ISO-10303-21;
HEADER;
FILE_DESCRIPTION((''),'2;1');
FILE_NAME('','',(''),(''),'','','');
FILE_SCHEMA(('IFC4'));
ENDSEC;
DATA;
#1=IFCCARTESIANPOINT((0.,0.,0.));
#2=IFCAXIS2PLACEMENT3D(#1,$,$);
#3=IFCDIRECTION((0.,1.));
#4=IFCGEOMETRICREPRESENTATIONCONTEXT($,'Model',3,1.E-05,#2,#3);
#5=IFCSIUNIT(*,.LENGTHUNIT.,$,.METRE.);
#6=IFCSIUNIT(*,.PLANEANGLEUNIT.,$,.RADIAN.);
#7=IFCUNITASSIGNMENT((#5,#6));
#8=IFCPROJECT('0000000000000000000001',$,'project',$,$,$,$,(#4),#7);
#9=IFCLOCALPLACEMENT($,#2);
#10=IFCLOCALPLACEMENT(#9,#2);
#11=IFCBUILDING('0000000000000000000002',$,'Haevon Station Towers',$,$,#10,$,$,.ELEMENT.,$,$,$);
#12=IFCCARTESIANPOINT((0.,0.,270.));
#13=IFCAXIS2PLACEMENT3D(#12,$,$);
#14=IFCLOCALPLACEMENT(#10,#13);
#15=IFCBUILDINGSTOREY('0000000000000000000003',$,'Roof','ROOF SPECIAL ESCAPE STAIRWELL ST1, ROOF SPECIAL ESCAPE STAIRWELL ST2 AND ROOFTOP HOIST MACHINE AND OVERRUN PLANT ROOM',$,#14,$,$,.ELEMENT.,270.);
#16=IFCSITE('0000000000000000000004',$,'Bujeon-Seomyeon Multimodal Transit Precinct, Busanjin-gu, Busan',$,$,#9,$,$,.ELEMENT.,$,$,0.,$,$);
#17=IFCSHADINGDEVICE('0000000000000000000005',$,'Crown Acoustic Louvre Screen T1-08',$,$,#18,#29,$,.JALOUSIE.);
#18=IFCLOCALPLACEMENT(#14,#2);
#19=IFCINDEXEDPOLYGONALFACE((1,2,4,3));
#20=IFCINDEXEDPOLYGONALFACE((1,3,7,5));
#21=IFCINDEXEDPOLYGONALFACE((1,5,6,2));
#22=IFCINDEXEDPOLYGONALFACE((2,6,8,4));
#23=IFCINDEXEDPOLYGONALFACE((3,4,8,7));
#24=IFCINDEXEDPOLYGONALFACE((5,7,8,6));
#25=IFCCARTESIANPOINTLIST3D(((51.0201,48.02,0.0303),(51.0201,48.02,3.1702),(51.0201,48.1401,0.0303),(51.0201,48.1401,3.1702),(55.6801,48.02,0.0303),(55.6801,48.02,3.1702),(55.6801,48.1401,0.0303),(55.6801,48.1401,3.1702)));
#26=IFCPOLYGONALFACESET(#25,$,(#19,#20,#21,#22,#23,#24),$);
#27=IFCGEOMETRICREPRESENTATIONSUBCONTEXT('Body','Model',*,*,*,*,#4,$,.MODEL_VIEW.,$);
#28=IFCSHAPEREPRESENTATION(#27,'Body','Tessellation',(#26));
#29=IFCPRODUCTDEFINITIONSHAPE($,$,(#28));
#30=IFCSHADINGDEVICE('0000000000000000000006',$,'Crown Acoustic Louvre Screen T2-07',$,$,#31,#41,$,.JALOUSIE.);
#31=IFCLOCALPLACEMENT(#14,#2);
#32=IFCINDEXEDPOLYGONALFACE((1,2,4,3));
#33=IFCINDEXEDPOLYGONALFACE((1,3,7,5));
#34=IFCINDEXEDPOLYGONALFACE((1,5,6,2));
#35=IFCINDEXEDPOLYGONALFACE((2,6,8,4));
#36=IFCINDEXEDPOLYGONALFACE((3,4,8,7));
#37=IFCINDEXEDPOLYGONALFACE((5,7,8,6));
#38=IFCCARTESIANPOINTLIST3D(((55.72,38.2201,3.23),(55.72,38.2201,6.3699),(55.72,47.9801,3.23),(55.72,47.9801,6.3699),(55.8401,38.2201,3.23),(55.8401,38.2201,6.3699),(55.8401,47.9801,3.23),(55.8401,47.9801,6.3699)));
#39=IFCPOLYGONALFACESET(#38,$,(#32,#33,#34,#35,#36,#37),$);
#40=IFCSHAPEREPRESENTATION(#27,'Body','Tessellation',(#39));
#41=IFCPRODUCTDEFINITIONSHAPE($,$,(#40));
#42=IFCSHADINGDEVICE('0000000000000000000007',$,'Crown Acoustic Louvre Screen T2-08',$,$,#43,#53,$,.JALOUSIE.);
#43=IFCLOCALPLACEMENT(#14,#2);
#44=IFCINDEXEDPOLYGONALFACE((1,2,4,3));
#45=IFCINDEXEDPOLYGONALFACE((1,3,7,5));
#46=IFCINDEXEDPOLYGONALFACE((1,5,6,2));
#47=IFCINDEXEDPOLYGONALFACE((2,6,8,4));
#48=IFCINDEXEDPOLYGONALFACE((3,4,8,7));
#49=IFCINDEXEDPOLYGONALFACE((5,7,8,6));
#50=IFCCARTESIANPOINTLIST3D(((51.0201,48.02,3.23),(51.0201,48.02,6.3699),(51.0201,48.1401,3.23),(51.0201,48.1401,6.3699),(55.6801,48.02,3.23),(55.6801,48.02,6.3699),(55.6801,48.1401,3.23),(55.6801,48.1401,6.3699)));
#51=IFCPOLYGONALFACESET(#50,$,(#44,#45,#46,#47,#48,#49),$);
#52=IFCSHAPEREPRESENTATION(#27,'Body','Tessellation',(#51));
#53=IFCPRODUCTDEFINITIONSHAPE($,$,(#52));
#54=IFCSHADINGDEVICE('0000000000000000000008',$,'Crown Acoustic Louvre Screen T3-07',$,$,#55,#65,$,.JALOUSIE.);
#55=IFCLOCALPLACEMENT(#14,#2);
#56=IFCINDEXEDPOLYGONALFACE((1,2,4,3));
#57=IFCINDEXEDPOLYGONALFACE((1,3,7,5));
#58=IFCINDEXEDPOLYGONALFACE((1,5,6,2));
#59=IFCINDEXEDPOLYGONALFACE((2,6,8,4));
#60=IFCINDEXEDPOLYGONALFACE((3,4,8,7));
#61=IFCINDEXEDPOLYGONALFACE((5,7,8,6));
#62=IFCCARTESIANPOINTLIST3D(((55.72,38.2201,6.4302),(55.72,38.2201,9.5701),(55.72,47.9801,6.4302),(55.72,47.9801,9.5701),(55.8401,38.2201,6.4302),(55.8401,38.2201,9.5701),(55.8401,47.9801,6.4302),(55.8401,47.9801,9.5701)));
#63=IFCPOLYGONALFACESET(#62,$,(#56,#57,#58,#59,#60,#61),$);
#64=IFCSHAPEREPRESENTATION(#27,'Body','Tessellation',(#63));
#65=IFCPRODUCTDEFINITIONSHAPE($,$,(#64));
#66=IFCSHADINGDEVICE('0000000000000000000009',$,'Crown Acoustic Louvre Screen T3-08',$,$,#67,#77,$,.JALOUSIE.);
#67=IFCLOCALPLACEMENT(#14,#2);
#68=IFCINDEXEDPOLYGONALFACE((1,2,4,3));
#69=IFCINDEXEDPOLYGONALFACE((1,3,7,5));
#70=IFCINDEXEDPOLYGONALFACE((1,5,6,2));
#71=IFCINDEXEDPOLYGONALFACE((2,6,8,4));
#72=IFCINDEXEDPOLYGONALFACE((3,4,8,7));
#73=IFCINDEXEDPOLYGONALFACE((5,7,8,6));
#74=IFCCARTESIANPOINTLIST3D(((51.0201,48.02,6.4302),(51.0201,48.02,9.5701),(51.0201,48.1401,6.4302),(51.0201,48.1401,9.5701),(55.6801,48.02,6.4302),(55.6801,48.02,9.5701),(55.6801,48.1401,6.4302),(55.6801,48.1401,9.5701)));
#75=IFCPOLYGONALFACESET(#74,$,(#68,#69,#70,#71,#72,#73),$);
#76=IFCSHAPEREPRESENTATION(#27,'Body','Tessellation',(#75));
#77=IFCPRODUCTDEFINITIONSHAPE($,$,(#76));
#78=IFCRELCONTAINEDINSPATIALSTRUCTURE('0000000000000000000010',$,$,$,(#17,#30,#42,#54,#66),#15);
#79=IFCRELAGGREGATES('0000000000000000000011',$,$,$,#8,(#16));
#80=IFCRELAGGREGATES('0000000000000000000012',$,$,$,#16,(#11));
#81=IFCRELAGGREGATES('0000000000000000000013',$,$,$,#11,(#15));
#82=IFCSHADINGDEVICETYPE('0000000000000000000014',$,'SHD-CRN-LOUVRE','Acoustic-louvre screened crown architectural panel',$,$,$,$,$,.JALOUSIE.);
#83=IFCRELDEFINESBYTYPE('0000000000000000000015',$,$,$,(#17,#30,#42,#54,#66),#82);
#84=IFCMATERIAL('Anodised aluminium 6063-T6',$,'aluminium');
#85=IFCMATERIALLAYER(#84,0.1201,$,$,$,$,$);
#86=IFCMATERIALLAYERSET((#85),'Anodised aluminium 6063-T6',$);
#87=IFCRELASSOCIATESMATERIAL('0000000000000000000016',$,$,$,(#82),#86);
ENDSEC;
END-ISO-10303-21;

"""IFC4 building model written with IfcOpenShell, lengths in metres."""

from ifc_helpers import new_model, si_unit, direction, frame, origin, origin_2d, place, context, subcontext, project, spatial, rectangle, extrude, material, layer, layer_set, type_object, element, save


model = new_model("IFC4")

# Units and contexts
model_context = context("Model", 3, precision=1e-05, world=origin(), true_north=direction((0.0, 1.0)))
body_context = subcontext(model_context, "Body", "Model", "MODEL_VIEW")
ifc_project = project(units=[si_unit("LENGTHUNIT", "METRE"), si_unit("PLANEANGLEUNIT", "RADIAN")], contexts=[model_context])

# Site, building, storey
site_placement = place(None, origin())
site = spatial("IfcSite", under=ifc_project, at=site_placement, Name="Bujeon-Seomyeon Multimodal Transit Precinct, Busanjin-gu, Busan", CompositionType="ELEMENT", RefElevation=0.0)
building_placement = place(site_placement, origin())
building = spatial("IfcBuilding", under=site, at=building_placement, Name="Haevon Station Towers", CompositionType="ELEMENT")
storey_placement = place(building_placement, frame((0.0, 0.0, 270.0)))
storey = spatial("IfcBuildingStorey", under=building, at=storey_placement, Name="Roof", Description="ROOF SPECIAL ESCAPE STAIRWELL ST1, ROOF SPECIAL ESCAPE STAIRWELL ST2 AND ROOFTOP HOIST MACHINE AND OVERRUN PLANT ROOM", CompositionType="ELEMENT", Elevation=270.0)

# Shared definitions
ifc_material_1 = material(Name="Anodised aluminium 6063-T6", Category="aluminium")

# Shading devices
ifc_layer_1 = layer(ifc_material_1, 0.1201)
ifc_layer_set_1 = layer_set([ifc_layer_1], Name="Anodised aluminium 6063-T6")
shading_device_type = type_object("IfcShadingDeviceType", Name="SHD-CRN-LOUVRE", Description="Acoustic-louvre screened crown architectural panel", PredefinedType="JALOUSIE", material=ifc_layer_set_1)
shading_device_1_placement = place(storey_placement, frame((53.3501, 48.0801, 0.0303), z_axis=(0.0, 0.0, 1.0), x_axis=(-1.0, 0.0, 0.0)))
element("IfcShadingDevice", 1, at=shading_device_1_placement, inside=storey, type_object=shading_device_type, Name="Crown Acoustic Louvre Screen T1-08", PredefinedType="JALOUSIE", context=body_context, shape_type="SweptSolid", body=[
    extrude(rectangle(XDim=4.6599, YDim=0.1201, at=origin_2d()), origin(), (0.0, 0.0, 1.0), 3.1399),
])
shading_device_2_placement = place(storey_placement, frame((55.78, 43.1001, 3.23), z_axis=(0.0, 0.0, 1.0), x_axis=(0.0, 1.0, 0.0)))
element("IfcShadingDevice", 2, at=shading_device_2_placement, inside=storey, type_object=shading_device_type, Name="Crown Acoustic Louvre Screen T2-07", PredefinedType="JALOUSIE", context=body_context, shape_type="SweptSolid", body=[
    extrude(rectangle(XDim=9.76, YDim=0.1201, at=origin_2d()), origin(), (0.0, 0.0, 1.0), 3.1399),
])
shading_device_3_placement = place(storey_placement, frame((53.3501, 48.0801, 3.23), z_axis=(0.0, 0.0, 1.0), x_axis=(-1.0, 0.0, 0.0)))
element("IfcShadingDevice", 3, at=shading_device_3_placement, inside=storey, type_object=shading_device_type, Name="Crown Acoustic Louvre Screen T2-08", PredefinedType="JALOUSIE", context=body_context, shape_type="SweptSolid", body=[
    extrude(rectangle(XDim=4.6599, YDim=0.1201, at=origin_2d()), origin(), (0.0, 0.0, 1.0), 3.1399),
])
shading_device_4_placement = place(storey_placement, frame((55.78, 43.1001, 6.4302), z_axis=(0.0, 0.0, 1.0), x_axis=(0.0, 1.0, 0.0)))
element("IfcShadingDevice", 4, at=shading_device_4_placement, inside=storey, type_object=shading_device_type, Name="Crown Acoustic Louvre Screen T3-07", PredefinedType="JALOUSIE", context=body_context, shape_type="SweptSolid", body=[
    extrude(rectangle(XDim=9.76, YDim=0.1201, at=origin_2d()), origin(), (0.0, 0.0, 1.0), 3.1399),
])
shading_device_5_placement = place(storey_placement, frame((53.3501, 48.0801, 6.4302), z_axis=(0.0, 0.0, 1.0), x_axis=(-1.0, 0.0, 0.0)))
element("IfcShadingDevice", 5, at=shading_device_5_placement, inside=storey, type_object=shading_device_type, Name="Crown Acoustic Louvre Screen T3-08", PredefinedType="JALOUSIE", context=body_context, shape_type="SweptSolid", body=[
    extrude(rectangle(XDim=4.6599, YDim=0.1201, at=origin_2d()), origin(), (0.0, 0.0, 1.0), 3.1399),
])

save(model, "model.ifc")
